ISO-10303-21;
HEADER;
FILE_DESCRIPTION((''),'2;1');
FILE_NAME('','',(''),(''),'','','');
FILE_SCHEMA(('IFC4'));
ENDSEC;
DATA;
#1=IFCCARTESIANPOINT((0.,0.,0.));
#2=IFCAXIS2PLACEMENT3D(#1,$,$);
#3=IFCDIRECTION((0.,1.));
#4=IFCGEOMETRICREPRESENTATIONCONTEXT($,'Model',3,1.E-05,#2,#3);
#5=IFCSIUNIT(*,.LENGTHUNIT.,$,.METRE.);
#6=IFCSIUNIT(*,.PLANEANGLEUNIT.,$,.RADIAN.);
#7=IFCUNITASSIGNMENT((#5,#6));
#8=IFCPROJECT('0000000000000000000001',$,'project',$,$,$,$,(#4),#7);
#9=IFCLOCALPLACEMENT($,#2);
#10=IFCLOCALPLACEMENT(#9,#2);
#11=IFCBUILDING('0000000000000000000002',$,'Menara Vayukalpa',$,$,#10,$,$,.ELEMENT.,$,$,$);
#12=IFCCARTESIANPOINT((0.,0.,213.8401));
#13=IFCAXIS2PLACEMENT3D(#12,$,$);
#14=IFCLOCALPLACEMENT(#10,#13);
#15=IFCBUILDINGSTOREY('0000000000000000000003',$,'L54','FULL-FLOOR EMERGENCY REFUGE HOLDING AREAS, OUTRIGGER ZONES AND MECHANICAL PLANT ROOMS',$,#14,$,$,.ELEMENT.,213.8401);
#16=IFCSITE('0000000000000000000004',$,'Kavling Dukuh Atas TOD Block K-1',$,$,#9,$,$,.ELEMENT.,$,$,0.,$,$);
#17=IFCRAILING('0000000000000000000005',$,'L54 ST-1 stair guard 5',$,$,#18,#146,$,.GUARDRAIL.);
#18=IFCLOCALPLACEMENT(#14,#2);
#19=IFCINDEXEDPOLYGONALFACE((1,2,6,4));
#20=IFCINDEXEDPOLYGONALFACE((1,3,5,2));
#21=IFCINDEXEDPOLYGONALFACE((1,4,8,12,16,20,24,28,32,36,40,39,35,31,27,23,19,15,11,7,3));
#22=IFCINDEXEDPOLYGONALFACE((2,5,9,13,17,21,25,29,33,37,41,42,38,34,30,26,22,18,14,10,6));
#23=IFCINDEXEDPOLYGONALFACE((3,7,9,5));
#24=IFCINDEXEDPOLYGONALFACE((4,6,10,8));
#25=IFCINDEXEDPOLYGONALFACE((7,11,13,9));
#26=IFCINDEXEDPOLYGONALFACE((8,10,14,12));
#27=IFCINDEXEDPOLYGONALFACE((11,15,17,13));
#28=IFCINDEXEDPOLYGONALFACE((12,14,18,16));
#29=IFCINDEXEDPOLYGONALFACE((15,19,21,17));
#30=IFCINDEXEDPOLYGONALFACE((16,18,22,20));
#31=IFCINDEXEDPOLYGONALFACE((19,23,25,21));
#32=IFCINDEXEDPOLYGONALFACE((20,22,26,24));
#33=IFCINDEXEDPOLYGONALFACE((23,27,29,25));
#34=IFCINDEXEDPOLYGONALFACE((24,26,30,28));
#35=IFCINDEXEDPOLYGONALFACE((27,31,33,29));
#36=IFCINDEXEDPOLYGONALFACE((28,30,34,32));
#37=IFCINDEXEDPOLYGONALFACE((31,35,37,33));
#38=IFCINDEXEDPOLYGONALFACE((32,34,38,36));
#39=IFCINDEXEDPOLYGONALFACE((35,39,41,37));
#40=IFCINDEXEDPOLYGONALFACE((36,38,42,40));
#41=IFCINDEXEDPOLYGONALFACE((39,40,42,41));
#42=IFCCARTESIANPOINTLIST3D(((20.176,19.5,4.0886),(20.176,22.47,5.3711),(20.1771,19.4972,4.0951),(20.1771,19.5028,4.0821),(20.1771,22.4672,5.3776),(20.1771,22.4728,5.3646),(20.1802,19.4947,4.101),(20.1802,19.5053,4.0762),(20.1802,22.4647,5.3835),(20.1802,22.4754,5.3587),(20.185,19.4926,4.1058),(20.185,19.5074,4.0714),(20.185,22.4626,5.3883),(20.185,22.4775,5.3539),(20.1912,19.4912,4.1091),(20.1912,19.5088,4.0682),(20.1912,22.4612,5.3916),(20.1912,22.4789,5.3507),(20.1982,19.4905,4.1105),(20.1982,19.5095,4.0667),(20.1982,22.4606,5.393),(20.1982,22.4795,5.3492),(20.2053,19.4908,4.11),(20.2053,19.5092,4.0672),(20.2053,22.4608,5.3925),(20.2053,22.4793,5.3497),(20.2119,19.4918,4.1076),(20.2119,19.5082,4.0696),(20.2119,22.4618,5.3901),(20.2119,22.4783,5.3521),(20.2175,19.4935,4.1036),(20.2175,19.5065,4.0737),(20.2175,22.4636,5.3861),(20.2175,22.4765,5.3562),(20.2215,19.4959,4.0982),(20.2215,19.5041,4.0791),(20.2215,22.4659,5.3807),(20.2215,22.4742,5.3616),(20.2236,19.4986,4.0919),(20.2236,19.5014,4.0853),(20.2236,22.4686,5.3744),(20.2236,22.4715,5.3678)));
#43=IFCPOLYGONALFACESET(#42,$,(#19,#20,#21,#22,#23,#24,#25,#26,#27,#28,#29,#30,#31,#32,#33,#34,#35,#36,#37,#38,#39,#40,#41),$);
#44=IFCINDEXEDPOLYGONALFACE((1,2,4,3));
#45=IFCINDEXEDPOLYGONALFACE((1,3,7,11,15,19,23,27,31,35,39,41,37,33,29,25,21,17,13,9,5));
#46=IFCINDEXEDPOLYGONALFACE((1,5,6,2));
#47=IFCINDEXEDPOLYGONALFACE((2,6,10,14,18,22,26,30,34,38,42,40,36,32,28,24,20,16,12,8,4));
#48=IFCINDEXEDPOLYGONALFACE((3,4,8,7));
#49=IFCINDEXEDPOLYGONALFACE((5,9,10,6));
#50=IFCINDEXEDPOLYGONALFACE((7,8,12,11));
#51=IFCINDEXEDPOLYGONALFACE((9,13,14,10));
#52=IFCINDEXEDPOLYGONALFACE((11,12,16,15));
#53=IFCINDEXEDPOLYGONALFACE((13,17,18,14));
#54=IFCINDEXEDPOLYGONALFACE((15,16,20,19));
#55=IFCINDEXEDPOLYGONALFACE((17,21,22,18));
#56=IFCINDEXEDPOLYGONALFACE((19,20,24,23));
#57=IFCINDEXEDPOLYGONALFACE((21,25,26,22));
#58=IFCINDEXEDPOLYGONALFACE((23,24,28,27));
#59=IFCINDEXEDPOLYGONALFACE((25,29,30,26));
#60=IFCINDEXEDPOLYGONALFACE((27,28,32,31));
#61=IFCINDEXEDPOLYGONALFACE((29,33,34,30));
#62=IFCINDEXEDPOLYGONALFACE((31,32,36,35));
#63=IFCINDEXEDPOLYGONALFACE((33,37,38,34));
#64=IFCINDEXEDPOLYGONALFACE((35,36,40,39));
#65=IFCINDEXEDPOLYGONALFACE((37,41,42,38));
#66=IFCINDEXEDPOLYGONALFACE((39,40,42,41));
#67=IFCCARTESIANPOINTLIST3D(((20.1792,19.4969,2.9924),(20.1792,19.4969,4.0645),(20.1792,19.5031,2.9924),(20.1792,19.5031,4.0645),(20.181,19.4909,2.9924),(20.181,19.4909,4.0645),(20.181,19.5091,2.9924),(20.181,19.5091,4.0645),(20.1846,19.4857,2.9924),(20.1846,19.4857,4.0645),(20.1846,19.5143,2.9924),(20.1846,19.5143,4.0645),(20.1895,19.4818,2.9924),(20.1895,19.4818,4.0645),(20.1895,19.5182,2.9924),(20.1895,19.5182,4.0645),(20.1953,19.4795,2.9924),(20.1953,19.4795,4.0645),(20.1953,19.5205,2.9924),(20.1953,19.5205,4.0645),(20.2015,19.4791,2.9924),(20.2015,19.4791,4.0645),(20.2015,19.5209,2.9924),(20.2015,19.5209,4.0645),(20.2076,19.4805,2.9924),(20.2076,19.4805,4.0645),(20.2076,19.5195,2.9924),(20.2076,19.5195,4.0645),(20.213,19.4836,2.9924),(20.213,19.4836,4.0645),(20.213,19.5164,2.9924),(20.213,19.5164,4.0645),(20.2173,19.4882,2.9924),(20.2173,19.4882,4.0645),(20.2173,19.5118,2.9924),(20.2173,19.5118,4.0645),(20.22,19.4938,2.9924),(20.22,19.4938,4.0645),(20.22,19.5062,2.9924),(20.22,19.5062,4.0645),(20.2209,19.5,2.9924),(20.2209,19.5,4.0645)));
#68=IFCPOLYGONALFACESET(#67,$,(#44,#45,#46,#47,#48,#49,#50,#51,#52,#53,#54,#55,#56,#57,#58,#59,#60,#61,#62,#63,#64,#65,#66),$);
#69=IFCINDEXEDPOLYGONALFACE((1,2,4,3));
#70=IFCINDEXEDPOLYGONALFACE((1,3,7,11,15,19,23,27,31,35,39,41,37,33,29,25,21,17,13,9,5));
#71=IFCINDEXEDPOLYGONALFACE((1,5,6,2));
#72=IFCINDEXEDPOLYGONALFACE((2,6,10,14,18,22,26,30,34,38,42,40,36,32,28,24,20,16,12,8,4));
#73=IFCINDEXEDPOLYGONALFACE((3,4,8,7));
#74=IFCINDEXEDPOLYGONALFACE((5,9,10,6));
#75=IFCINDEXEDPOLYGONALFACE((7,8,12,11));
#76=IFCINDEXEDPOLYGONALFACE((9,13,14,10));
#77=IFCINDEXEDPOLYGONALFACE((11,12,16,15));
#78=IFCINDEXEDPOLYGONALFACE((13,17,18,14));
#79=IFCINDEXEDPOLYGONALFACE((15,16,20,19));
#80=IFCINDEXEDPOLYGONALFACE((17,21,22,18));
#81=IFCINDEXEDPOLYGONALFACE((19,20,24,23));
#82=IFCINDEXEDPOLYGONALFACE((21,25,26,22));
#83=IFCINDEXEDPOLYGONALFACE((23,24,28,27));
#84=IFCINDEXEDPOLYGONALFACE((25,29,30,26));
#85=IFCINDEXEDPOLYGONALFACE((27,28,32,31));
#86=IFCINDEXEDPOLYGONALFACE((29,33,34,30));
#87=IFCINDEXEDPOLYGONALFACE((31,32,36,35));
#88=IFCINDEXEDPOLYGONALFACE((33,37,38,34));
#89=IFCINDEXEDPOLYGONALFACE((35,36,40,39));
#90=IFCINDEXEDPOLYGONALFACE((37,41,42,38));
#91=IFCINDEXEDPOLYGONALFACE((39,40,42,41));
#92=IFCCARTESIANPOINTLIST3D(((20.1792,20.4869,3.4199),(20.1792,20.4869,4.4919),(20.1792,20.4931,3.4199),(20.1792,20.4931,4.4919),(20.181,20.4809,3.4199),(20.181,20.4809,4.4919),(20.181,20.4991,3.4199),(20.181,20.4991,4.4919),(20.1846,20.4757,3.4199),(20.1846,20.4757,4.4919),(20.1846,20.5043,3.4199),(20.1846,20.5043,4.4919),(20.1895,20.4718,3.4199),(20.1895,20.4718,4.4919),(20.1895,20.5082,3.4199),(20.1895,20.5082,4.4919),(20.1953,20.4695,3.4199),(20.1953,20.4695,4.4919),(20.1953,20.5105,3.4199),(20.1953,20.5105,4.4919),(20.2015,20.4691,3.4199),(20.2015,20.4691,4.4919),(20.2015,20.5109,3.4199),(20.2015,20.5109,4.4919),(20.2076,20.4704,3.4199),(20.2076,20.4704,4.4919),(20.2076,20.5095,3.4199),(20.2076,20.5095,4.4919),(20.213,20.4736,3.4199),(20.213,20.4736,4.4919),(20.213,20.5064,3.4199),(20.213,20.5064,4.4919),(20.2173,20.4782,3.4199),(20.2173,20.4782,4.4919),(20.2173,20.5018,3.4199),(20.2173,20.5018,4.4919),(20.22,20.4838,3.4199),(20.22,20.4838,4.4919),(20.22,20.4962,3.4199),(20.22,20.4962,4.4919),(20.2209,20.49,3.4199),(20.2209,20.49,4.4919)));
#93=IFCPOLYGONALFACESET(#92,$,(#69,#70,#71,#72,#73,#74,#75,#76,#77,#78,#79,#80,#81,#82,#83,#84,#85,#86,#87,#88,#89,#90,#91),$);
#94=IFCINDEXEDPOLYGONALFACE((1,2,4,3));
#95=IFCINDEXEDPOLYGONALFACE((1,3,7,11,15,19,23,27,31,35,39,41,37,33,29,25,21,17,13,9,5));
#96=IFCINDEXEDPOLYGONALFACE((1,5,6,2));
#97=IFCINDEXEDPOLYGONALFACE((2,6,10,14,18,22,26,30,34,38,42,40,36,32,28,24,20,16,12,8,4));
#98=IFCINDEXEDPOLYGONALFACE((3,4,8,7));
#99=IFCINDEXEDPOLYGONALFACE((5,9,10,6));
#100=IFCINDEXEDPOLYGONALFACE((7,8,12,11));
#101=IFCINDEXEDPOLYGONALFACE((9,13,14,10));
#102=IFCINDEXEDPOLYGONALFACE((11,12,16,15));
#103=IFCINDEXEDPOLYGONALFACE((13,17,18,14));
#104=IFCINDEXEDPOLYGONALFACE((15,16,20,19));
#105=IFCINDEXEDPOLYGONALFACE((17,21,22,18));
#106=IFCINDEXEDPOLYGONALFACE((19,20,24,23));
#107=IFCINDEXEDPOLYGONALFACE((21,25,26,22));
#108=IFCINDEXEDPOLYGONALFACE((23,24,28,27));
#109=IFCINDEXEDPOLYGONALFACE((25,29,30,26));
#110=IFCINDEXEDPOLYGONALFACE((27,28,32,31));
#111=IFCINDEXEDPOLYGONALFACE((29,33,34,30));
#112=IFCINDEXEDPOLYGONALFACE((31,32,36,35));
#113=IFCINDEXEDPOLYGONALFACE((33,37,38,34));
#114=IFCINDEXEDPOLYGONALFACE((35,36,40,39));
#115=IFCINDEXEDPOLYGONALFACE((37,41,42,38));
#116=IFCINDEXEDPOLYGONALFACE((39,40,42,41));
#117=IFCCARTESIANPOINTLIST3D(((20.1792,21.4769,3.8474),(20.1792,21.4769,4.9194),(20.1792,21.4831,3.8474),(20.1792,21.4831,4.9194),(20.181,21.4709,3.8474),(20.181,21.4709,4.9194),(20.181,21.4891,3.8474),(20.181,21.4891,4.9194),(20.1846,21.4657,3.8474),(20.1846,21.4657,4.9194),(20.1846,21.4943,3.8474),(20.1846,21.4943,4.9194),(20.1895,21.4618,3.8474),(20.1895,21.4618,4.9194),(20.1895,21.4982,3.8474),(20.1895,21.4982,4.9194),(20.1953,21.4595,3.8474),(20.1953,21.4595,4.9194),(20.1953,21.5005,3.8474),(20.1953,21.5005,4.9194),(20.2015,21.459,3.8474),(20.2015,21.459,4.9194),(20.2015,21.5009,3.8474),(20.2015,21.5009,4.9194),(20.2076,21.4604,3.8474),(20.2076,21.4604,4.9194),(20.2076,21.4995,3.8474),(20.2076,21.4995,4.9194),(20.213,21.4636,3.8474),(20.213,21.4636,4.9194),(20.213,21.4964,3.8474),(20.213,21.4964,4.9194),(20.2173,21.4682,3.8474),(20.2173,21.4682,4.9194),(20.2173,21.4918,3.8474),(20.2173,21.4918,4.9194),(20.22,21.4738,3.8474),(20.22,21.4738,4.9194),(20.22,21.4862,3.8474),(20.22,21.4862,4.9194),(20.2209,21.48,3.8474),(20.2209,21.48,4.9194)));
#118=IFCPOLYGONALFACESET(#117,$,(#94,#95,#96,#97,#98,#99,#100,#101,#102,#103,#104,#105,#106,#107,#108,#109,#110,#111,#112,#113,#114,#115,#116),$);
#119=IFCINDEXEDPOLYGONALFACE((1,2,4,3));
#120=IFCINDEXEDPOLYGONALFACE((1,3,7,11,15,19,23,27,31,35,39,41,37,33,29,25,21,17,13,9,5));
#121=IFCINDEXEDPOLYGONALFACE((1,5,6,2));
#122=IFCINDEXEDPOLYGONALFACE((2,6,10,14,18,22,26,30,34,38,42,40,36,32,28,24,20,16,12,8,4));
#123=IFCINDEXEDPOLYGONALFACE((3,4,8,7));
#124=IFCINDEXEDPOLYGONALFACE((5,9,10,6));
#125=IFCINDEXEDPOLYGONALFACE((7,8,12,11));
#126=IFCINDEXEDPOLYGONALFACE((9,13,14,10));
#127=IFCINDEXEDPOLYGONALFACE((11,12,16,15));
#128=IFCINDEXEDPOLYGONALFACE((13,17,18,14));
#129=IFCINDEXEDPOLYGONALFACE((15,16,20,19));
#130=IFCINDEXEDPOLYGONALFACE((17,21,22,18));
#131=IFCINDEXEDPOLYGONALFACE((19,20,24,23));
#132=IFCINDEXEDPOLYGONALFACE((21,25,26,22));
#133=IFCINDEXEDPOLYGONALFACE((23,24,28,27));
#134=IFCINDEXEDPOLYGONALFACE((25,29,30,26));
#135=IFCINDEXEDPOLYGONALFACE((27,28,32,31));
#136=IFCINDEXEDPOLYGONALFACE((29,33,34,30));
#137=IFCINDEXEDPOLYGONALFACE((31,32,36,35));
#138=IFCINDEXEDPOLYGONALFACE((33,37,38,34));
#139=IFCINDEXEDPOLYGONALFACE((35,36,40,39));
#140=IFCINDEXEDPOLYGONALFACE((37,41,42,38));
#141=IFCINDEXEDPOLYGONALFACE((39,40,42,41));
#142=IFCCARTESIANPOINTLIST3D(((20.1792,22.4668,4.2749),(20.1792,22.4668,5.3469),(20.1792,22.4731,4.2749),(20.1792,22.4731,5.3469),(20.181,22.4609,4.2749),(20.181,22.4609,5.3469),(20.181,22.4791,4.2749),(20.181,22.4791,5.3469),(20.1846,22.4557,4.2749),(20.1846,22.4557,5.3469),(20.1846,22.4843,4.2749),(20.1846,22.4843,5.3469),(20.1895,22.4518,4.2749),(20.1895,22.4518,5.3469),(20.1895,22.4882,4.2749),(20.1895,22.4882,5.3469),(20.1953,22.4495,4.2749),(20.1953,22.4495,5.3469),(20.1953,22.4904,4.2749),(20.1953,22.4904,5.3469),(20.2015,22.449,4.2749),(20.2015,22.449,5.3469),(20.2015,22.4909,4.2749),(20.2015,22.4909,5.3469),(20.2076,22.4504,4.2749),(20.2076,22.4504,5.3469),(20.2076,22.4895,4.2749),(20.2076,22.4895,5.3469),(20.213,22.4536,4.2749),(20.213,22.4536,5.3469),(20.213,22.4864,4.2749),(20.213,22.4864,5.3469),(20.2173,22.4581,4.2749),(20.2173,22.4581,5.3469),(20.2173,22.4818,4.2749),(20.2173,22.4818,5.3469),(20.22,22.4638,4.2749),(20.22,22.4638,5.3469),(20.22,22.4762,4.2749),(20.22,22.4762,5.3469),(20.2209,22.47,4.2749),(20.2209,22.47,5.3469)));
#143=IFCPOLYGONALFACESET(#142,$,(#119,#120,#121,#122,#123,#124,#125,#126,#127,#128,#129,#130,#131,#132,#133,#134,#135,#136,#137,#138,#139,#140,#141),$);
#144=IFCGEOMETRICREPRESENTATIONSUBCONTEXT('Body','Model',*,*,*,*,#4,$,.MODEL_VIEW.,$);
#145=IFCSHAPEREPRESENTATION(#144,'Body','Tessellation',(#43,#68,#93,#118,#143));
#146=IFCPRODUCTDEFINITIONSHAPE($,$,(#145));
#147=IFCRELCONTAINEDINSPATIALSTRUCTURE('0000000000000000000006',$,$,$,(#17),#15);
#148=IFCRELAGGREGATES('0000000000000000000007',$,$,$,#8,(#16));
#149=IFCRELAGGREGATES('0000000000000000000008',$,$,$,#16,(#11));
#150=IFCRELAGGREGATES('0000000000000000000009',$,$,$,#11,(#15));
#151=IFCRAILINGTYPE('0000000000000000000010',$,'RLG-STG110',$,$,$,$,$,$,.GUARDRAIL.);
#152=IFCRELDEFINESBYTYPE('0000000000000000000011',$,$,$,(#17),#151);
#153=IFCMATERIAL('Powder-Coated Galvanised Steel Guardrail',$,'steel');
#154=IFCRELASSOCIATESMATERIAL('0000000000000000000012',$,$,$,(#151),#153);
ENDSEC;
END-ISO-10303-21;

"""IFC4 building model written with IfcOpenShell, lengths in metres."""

from ifc_helpers import new_model, si_unit, direction, frame, origin, origin_2d, place, context, subcontext, project, spatial, circle, extrude, material, type_object, element, save


model = new_model("IFC4")

# Units and contexts
model_context = context("Model", 3, precision=1e-05, world=origin(), true_north=direction((0.0, 1.0)))
body_context = subcontext(model_context, "Body", "Model", "MODEL_VIEW")
ifc_project = project(units=[si_unit("LENGTHUNIT", "METRE"), si_unit("PLANEANGLEUNIT", "RADIAN")], contexts=[model_context])

# Site, building, storey
site_placement = place(None, origin())
site = spatial("IfcSite", under=ifc_project, at=site_placement, Name="Kavling Dukuh Atas TOD Block K-1", CompositionType="ELEMENT", RefElevation=0.0)
building_placement = place(site_placement, origin())
building = spatial("IfcBuilding", under=site, at=building_placement, Name="Menara Vayukalpa", CompositionType="ELEMENT")
storey_placement = place(building_placement, frame((0.0, 0.0, 213.8401)))
storey = spatial("IfcBuildingStorey", under=building, at=storey_placement, Name="L54", Description="FULL-FLOOR EMERGENCY REFUGE HOLDING AREAS, OUTRIGGER ZONES AND MECHANICAL PLANT ROOMS", CompositionType="ELEMENT", Elevation=213.8401)

# Railing
ifc_material_1 = material(Name="Powder-Coated Galvanised Steel Guardrail", Category="steel")
railing_type_1 = type_object("IfcRailingType", Name="RLG-STG110", PredefinedType="GUARDRAIL", material=ifc_material_1)
railing_1_placement = place(storey_placement, frame((20.2, 19.5, 2.9924)))
element("IfcRailing", 1, at=railing_1_placement, inside=storey, type_object=railing_type_1, Name="L54 ST-1 stair guard 5", PredefinedType="GUARDRAIL", context=body_context, shape_type="SweptSolid", body=[
    extrude(circle(Radius=0.0239, at=origin_2d()), frame((0.0, 0.0, 1.0962), z_axis=(0.0, 0.918064, 0.396432), x_axis=(-1.0, 0.0, 0.0)), (0.0, 0.0, 1.0), 3.2351),
    extrude(circle(Radius=0.021, at=origin_2d()), origin(), (0.0, 0.0, 1.0), 1.072),
    extrude(circle(Radius=0.021, at=origin_2d()), frame((0.0, 0.99, 0.4275)), (0.0, 0.0, 1.0), 1.072),
    extrude(circle(Radius=0.021, at=origin_2d()), frame((0.0, 1.98, 0.855)), (0.0, 0.0, 1.0), 1.072),
    extrude(circle(Radius=0.021, at=origin_2d()), frame((0.0, 2.97, 1.2825)), (0.0, 0.0, 1.0), 1.072),
])

save(model, "model.ifc")
